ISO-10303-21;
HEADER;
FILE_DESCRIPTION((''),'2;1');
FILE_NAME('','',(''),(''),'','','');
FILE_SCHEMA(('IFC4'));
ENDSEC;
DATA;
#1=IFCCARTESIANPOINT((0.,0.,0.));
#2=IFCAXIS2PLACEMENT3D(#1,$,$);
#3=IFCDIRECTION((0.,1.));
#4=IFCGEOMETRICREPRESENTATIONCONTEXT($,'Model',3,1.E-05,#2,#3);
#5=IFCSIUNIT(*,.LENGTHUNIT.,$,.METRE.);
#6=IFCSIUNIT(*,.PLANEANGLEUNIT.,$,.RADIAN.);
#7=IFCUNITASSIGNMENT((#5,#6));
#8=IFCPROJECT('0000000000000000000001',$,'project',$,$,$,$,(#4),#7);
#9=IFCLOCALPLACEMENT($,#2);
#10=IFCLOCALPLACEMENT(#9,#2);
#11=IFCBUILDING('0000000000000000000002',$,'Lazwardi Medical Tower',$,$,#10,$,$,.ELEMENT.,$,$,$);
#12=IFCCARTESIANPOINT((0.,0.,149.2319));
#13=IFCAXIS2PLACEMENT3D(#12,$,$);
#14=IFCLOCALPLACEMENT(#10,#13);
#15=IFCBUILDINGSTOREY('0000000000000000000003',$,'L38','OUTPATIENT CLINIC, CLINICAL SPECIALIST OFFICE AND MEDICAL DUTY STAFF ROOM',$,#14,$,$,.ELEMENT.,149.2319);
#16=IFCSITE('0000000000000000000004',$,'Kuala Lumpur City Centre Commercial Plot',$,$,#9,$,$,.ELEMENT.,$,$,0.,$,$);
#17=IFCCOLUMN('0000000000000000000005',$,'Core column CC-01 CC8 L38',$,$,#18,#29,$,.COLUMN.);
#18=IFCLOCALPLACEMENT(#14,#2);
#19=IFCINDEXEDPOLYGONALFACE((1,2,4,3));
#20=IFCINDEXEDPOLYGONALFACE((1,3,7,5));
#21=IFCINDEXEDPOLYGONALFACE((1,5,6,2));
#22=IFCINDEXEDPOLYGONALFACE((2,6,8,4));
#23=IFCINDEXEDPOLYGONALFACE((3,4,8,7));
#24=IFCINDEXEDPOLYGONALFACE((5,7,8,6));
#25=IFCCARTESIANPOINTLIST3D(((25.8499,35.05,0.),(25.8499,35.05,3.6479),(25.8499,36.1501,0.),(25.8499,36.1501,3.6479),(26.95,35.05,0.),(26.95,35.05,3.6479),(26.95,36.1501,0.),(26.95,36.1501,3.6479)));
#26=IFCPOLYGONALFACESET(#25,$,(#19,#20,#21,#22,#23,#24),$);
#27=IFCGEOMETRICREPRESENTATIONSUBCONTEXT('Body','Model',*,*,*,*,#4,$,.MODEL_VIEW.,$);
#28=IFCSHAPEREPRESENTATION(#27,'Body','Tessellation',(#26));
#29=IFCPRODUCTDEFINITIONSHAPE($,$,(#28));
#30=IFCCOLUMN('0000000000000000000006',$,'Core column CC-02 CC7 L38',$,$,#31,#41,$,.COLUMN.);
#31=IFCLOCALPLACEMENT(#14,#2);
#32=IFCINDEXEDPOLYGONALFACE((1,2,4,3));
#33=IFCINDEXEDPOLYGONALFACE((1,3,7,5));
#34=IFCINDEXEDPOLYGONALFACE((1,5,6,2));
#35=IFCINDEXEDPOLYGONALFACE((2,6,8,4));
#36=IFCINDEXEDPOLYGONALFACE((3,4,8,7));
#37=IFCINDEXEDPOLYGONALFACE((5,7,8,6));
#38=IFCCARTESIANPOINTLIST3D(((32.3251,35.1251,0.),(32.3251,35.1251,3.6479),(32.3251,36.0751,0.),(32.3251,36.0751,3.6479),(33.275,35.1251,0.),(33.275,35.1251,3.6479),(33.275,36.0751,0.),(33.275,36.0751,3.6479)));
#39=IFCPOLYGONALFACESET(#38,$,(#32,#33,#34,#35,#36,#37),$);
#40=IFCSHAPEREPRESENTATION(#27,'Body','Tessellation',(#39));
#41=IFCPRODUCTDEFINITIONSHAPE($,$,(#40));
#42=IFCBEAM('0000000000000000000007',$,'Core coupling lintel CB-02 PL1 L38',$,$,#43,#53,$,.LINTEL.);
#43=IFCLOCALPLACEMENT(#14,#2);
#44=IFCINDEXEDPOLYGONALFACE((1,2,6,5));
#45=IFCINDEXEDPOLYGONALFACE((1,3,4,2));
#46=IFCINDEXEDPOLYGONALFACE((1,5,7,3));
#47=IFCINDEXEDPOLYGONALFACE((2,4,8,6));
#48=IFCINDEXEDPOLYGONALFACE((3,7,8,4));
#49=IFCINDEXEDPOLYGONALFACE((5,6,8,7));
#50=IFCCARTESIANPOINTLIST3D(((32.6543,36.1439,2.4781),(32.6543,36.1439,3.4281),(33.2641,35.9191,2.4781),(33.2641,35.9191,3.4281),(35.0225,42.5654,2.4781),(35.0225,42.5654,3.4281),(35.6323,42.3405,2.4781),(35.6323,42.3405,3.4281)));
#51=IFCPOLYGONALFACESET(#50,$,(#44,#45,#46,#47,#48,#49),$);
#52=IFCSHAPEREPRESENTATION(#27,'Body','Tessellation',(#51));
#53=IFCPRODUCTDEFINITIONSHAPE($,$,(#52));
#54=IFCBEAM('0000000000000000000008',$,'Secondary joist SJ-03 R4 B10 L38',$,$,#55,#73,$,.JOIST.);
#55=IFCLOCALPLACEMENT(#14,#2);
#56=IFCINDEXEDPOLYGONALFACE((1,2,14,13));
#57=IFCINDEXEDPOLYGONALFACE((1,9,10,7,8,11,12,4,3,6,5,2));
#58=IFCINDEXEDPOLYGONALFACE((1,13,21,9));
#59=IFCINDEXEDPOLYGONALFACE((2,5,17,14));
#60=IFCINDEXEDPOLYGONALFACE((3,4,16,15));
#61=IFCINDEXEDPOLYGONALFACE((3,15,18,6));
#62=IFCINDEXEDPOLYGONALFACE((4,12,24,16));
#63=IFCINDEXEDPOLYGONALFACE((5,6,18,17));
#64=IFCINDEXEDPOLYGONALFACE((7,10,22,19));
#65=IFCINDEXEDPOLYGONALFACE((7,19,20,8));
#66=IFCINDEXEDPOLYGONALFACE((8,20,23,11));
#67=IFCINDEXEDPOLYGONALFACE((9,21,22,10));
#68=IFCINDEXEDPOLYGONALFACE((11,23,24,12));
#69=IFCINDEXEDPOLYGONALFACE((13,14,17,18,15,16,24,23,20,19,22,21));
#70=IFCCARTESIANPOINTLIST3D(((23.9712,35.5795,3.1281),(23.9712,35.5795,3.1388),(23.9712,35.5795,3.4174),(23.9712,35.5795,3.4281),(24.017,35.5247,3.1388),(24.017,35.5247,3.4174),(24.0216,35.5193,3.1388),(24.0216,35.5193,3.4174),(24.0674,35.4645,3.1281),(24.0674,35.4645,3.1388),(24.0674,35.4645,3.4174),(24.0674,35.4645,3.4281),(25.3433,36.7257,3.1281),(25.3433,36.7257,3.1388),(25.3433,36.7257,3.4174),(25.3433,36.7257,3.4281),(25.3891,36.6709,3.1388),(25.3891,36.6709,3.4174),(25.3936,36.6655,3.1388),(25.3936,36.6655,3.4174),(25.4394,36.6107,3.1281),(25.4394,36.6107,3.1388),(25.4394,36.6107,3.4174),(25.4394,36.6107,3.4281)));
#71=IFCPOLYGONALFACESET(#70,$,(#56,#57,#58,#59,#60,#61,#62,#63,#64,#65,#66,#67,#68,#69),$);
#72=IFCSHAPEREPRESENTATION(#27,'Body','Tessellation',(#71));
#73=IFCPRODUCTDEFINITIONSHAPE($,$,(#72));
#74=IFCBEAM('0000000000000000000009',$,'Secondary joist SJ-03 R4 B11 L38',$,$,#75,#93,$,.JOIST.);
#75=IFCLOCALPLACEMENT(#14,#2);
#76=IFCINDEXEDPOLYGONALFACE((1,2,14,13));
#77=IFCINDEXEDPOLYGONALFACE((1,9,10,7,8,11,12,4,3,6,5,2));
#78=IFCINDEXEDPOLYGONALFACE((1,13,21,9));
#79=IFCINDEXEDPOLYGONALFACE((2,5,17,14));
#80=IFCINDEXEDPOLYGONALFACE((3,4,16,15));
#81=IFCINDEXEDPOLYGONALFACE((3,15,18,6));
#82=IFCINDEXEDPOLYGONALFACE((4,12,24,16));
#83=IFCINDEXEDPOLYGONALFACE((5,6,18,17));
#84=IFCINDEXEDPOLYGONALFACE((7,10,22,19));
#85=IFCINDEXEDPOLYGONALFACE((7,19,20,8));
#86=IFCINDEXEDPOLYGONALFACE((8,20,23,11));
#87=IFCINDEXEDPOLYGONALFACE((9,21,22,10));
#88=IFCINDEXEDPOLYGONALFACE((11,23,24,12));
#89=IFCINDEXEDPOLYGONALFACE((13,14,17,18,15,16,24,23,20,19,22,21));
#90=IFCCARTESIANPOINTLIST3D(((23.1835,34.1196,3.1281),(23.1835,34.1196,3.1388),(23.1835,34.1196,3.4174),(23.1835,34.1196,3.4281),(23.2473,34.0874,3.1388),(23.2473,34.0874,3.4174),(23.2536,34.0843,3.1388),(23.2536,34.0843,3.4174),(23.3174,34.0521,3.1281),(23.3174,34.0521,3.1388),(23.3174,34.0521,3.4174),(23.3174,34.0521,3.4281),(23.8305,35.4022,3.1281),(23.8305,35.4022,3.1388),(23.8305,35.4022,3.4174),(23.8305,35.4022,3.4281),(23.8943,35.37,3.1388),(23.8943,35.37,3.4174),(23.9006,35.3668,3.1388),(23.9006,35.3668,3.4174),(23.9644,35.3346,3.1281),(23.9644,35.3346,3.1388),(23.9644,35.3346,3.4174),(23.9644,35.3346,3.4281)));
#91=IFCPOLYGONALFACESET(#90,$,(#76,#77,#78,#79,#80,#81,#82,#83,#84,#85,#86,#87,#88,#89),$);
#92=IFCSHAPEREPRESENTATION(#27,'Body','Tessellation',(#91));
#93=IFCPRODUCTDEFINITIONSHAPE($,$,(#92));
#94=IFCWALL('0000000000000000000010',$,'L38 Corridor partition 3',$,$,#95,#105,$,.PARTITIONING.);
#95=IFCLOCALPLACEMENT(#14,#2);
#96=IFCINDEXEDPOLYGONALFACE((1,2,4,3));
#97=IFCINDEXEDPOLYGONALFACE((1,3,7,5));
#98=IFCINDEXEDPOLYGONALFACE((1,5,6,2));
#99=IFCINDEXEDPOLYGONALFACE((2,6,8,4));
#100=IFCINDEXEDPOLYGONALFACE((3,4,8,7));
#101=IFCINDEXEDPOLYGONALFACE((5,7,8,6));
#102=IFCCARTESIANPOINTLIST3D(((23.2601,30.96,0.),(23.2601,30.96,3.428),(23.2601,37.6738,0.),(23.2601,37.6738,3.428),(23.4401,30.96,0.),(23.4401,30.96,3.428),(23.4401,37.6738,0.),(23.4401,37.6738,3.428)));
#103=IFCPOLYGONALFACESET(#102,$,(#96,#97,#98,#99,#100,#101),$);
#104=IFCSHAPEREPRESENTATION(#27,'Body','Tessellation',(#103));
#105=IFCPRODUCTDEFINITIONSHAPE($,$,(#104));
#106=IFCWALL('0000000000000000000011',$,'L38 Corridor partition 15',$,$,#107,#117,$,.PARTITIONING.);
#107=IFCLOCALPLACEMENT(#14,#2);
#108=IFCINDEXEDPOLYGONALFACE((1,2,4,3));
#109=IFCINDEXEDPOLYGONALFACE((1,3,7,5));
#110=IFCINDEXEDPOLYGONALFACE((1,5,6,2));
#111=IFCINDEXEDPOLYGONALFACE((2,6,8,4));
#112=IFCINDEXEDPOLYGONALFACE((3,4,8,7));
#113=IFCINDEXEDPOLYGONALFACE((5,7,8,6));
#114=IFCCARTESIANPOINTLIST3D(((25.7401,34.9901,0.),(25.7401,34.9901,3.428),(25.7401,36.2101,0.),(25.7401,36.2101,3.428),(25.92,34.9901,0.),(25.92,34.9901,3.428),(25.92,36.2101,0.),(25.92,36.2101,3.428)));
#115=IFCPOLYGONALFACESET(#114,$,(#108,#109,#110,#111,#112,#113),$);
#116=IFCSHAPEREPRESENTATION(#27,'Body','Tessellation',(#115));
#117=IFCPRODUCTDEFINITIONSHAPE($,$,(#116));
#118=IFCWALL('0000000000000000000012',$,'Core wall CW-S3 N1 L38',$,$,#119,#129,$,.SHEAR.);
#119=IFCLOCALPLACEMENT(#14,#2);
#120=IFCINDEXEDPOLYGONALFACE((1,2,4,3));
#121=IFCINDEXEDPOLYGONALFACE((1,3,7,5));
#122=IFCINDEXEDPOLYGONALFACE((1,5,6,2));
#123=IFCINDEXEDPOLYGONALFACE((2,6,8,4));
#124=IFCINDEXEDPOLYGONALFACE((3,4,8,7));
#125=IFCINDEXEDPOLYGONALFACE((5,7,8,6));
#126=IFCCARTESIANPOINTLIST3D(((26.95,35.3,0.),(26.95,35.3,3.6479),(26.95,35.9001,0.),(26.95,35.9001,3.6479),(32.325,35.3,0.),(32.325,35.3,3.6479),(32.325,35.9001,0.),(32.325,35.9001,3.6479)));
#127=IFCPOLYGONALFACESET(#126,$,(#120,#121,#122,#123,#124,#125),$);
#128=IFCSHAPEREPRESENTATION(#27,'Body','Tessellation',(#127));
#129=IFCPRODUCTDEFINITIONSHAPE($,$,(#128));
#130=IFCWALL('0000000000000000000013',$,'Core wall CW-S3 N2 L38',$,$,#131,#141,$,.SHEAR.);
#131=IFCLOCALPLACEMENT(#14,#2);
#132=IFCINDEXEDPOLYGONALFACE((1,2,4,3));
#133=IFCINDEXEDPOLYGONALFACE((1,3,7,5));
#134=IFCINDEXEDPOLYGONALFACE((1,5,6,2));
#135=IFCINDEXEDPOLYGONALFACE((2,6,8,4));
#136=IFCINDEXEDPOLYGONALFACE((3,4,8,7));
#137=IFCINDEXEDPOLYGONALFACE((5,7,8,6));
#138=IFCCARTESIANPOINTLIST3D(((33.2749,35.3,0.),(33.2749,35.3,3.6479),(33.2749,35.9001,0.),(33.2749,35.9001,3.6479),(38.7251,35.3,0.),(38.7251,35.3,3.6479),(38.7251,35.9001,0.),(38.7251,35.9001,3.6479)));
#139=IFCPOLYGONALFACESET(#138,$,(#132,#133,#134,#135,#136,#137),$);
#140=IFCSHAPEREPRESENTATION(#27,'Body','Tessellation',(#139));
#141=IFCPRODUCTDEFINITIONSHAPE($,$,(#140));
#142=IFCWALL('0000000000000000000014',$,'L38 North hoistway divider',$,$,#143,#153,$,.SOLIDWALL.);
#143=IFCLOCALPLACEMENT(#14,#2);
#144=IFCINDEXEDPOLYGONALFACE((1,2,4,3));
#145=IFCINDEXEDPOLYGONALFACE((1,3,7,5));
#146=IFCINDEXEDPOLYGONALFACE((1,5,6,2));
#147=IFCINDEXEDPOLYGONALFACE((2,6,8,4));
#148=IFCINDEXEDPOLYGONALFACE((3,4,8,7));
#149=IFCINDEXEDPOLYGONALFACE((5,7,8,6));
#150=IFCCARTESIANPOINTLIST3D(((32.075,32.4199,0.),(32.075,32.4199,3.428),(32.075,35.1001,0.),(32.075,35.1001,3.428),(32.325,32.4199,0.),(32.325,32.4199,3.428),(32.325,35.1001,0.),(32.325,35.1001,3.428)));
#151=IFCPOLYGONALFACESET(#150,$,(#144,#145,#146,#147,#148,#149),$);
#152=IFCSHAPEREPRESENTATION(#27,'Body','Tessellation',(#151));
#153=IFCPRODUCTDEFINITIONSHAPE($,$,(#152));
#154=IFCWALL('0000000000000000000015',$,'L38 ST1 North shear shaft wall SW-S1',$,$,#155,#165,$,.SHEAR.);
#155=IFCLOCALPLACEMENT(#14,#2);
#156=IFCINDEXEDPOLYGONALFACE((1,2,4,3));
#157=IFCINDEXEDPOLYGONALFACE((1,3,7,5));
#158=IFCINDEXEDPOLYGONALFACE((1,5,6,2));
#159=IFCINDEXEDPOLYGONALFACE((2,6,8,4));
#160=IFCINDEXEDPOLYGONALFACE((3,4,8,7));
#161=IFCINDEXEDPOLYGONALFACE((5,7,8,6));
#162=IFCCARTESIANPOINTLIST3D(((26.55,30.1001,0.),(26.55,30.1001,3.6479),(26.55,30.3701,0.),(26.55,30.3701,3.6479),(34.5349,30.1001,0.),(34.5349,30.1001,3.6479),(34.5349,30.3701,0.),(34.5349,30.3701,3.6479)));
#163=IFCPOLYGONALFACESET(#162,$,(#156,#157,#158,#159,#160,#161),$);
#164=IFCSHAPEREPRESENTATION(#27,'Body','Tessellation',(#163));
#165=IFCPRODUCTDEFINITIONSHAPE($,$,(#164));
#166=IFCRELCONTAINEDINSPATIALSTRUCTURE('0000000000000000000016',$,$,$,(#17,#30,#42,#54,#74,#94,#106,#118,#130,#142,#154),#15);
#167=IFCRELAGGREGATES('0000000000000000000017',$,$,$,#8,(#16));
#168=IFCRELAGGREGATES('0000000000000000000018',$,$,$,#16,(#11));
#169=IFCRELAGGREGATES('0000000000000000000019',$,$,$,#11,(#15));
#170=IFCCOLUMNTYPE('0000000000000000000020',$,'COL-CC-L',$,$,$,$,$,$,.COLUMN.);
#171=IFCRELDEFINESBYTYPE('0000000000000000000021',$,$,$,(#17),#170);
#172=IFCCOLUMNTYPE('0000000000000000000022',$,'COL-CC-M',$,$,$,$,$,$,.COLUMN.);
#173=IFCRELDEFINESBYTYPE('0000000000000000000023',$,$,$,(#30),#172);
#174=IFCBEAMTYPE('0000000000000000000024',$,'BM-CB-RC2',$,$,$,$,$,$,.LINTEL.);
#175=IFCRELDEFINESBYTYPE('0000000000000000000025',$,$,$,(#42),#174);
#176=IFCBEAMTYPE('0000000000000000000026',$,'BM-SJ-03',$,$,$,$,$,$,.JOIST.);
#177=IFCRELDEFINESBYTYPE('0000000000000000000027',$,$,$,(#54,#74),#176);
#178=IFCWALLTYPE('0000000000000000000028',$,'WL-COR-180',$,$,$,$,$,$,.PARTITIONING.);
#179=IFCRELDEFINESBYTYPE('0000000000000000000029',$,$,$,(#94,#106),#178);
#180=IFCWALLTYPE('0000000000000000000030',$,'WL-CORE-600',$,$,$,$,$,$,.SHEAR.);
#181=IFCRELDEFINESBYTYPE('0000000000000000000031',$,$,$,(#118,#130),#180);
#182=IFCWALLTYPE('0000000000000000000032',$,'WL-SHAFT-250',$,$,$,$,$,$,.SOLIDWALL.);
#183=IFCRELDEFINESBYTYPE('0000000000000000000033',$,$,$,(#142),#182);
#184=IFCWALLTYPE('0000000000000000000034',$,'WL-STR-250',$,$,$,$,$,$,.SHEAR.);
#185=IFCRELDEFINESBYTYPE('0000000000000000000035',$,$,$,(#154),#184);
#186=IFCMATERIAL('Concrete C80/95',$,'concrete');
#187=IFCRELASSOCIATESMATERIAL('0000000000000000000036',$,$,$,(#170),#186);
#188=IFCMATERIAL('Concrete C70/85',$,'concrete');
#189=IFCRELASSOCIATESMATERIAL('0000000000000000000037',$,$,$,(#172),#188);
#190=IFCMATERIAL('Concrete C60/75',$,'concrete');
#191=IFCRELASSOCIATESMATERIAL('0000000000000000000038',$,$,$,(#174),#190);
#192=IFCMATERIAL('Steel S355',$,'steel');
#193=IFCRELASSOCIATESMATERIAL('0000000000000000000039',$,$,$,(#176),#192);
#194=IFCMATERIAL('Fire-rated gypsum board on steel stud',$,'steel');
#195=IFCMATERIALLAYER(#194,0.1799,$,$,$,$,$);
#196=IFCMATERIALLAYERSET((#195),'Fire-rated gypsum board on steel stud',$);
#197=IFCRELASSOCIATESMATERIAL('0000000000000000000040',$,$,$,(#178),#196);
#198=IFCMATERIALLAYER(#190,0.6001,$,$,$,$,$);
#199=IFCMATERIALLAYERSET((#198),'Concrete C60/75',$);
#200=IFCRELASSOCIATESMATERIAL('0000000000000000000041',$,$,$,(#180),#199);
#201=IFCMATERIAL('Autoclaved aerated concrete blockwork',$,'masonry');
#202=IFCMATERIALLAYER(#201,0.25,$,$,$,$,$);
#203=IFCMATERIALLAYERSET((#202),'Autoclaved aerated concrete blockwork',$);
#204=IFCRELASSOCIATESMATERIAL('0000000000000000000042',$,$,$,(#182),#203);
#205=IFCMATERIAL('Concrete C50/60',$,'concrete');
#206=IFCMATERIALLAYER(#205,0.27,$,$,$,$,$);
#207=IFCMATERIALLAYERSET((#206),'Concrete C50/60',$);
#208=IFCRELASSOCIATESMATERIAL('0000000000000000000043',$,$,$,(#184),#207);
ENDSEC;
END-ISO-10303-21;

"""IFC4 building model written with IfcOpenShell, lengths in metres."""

from ifc_helpers import new_model, si_unit, direction, frame, frame_2d, origin, origin_2d, place, context, subcontext, project, spatial, rectangle, i_section, extrude, material, layer, layer_set, material_profile, profile_set, type_object, element, save


model = new_model("IFC4")

# Units and contexts
model_context = context("Model", 3, precision=1e-05, world=origin(), true_north=direction((0.0, 1.0)))
body_context = subcontext(model_context, "Body", "Model", "MODEL_VIEW")
ifc_project = project(units=[si_unit("LENGTHUNIT", "METRE"), si_unit("PLANEANGLEUNIT", "RADIAN")], contexts=[model_context])

# Site, building, storey
site_placement = place(None, origin())
site = spatial("IfcSite", under=ifc_project, at=site_placement, Name="Kuala Lumpur City Centre Commercial Plot", CompositionType="ELEMENT", RefElevation=0.0)
building_placement = place(site_placement, origin())
building = spatial("IfcBuilding", under=site, at=building_placement, Name="Lazwardi Medical Tower", CompositionType="ELEMENT")
storey_placement = place(building_placement, frame((0.0, 0.0, 149.2319)))
storey = spatial("IfcBuildingStorey", under=building, at=storey_placement, Name="L38", Description="OUTPATIENT CLINIC, CLINICAL SPECIALIST OFFICE AND MEDICAL DUTY STAFF ROOM", CompositionType="ELEMENT", Elevation=149.2319)

# Columns
ifc_material_1 = material(Name="Concrete C80/95", Category="concrete")
ifc_material_profile_1 = material_profile(ifc_material_1, rectangle(XDim=1.1001, YDim=1.1001, at=origin_2d()), Name="RC 1100x1100")
ifc_profile_set_1 = profile_set([ifc_material_profile_1], Name="Concrete C80/95")
column_type_1 = type_object("IfcColumnType", Name="COL-CC-L", PredefinedType="COLUMN", material=ifc_profile_set_1)
column_1_placement = place(storey_placement, frame((26.3999, 35.6001, 0.0), z_axis=(0.0, 0.0, 1.0), x_axis=(1.0, 0.0, 0.0)))
element("IfcColumn", 1, at=column_1_placement, inside=storey, type_object=column_type_1, Name="Core column CC-01 CC8 L38", PredefinedType="COLUMN", context=body_context, shape_type="SweptSolid", body=[
    extrude(rectangle(XDim=1.1001, YDim=1.1001, at=origin_2d()), origin(), (0.0, 0.0, 1.0), 3.6479),
])
ifc_material_2 = material(Name="Concrete C70/85", Category="concrete")
ifc_material_profile_2 = material_profile(ifc_material_2, rectangle(XDim=0.95, YDim=0.95, at=origin_2d()), Name="RC 950x950")
ifc_profile_set_2 = profile_set([ifc_material_profile_2], Name="Concrete C70/85")
column_type_2 = type_object("IfcColumnType", Name="COL-CC-M", PredefinedType="COLUMN", material=ifc_profile_set_2)
column_2_placement = place(storey_placement, frame((32.8, 35.6001, 0.0), z_axis=(0.0, 0.0, 1.0), x_axis=(1.0, 0.0, 0.0)))
element("IfcColumn", 2, at=column_2_placement, inside=storey, type_object=column_type_2, Name="Core column CC-02 CC7 L38", PredefinedType="COLUMN", context=body_context, shape_type="SweptSolid", body=[
    extrude(rectangle(XDim=0.95, YDim=0.95, at=origin_2d()), origin(), (0.0, 0.0, 1.0), 3.6479),
])

# Beams
ifc_material_3 = material(Name="Concrete C60/75", Category="concrete")
ifc_material_profile_3 = material_profile(ifc_material_3, rectangle(XDim=0.6499, YDim=0.95, at=origin_2d()), Name="RC 650x950")
ifc_profile_set_3 = profile_set([ifc_material_profile_3], Name="Concrete C60/75")
beam_type_1 = type_object("IfcBeamType", Name="BM-CB-RC2", PredefinedType="LINTEL", material=ifc_profile_set_3)
beam_1_placement = place(storey_placement, frame((32.9592, 36.0315, 2.9531), z_axis=(0.346013, 0.93823, 0.0), x_axis=(-0.93823, 0.346013, 0.0)))
element("IfcBeam", 3, at=beam_1_placement, inside=storey, type_object=beam_type_1, Name="Core coupling lintel CB-02 PL1 L38", PredefinedType="LINTEL", context=body_context, shape_type="SweptSolid", body=[
    extrude(rectangle(XDim=0.6499, YDim=0.95, at=origin_2d()), origin(), (0.0, 0.0, 1.0), 6.8442),
])
ifc_material_4 = material(Name="Steel S355", Category="steel")
ifc_material_profile_4 = material_profile(ifc_material_4, i_section(OverallWidth=0.1499, OverallDepth=0.3, WebThickness=0.0071, FlangeThickness=0.0107, at=origin_2d()), Name="IPE 300")
ifc_profile_set_4 = profile_set([ifc_material_profile_4], Name="Steel S355")
beam_type_2 = type_object("IfcBeamType", Name="BM-SJ-03", PredefinedType="JOIST", material=ifc_profile_set_4)
beam_2_placement = place(storey_placement, frame((25.3914, 36.6682, 3.2781), z_axis=(-0.767437, -0.641124, 0.0), x_axis=(0.641124, -0.767437, 0.0)))
element("IfcBeam", 4, at=beam_2_placement, inside=storey, type_object=beam_type_2, Name="Secondary joist SJ-03 R4 B10 L38", PredefinedType="JOIST", context=body_context, shape_type="SweptSolid", body=[
    extrude(i_section(OverallWidth=0.1499, OverallDepth=0.3, WebThickness=0.0071, FlangeThickness=0.0107, at=origin_2d()), origin(), (0.0, 0.0, 1.0), 1.7878),
])
beam_3_placement = place(storey_placement, frame((23.8975, 35.3684, 3.2781), z_axis=(-0.450406, -0.892824, 0.0), x_axis=(0.892824, -0.450406, 0.0)))
element("IfcBeam", 5, at=beam_3_placement, inside=storey, type_object=beam_type_2, Name="Secondary joist SJ-03 R4 B11 L38", PredefinedType="JOIST", context=body_context, shape_type="SweptSolid", body=[
    extrude(i_section(OverallWidth=0.1499, OverallDepth=0.3, WebThickness=0.0071, FlangeThickness=0.0107, at=origin_2d()), origin(), (0.0, 0.0, 1.0), 1.4365),
])

# Walls
ifc_material_5 = material(Name="Fire-rated gypsum board on steel stud", Category="steel")
ifc_layer_1 = layer(ifc_material_5, 0.1799)
ifc_layer_set_1 = layer_set([ifc_layer_1], Name="Fire-rated gypsum board on steel stud")
wall_type_1 = type_object("IfcWallType", Name="WL-COR-180", PredefinedType="PARTITIONING", material=ifc_layer_set_1)
wall_1_placement = place(storey_placement, frame((23.3501, 30.96, 0.0), z_axis=(0.0, 0.0, 1.0), x_axis=(0.0, 1.0, 0.0)))
element("IfcWall", 6, at=wall_1_placement, inside=storey, type_object=wall_type_1, Name="L38 Corridor partition 3", PredefinedType="PARTITIONING", context=body_context, shape_type="SweptSolid", body=[
    extrude(rectangle(XDim=6.7139, YDim=0.1799, at=frame_2d((3.3569, 0.0))), origin(), (0.0, 0.0, 1.0), 3.428),
])
wall_2_placement = place(storey_placement, frame((25.8301, 36.21, 0.0), z_axis=(0.0, 0.0, 1.0), x_axis=(0.0, -1.0, 0.0)))
element("IfcWall", 7, at=wall_2_placement, inside=storey, type_object=wall_type_1, Name="L38 Corridor partition 15", PredefinedType="PARTITIONING", context=body_context, shape_type="SweptSolid", body=[
    extrude(rectangle(XDim=1.22, YDim=0.1799, at=frame_2d((0.6099, 0.0))), origin(), (0.0, 0.0, 1.0), 3.428),
])
ifc_layer_2 = layer(ifc_material_3, 0.6001)
ifc_layer_set_2 = layer_set([ifc_layer_2], Name="Concrete C60/75")
wall_type_2 = type_object("IfcWallType", Name="WL-CORE-600", PredefinedType="SHEAR", material=ifc_layer_set_2)
wall_3_placement = place(storey_placement, frame((26.95, 35.6001, 0.0), z_axis=(0.0, 0.0, 1.0), x_axis=(1.0, 0.0, 0.0)))
element("IfcWall", 8, at=wall_3_placement, inside=storey, type_object=wall_type_2, Name="Core wall CW-S3 N1 L38", PredefinedType="SHEAR", context=body_context, shape_type="SweptSolid", body=[
    extrude(rectangle(XDim=5.375, YDim=0.6001, at=frame_2d((2.6875, 0.0))), origin(), (0.0, 0.0, 1.0), 3.6479),
])
wall_4_placement = place(storey_placement, frame((33.2749, 35.6001, 0.0), z_axis=(0.0, 0.0, 1.0), x_axis=(1.0, 0.0, 0.0)))
element("IfcWall", 9, at=wall_4_placement, inside=storey, type_object=wall_type_2, Name="Core wall CW-S3 N2 L38", PredefinedType="SHEAR", context=body_context, shape_type="SweptSolid", body=[
    extrude(rectangle(XDim=5.4502, YDim=0.6001, at=frame_2d((2.7251, 0.0))), origin(), (0.0, 0.0, 1.0), 3.6479),
])
ifc_material_6 = material(Name="Autoclaved aerated concrete blockwork", Category="masonry")
ifc_layer_3 = layer(ifc_material_6, 0.25)
ifc_layer_set_3 = layer_set([ifc_layer_3], Name="Autoclaved aerated concrete blockwork")
wall_type_3 = type_object("IfcWallType", Name="WL-SHAFT-250", PredefinedType="SOLIDWALL", material=ifc_layer_set_3)
wall_5_placement = place(storey_placement, frame((32.2, 32.4199, 0.0), z_axis=(0.0, 0.0, 1.0), x_axis=(0.0, 1.0, 0.0)))
element("IfcWall", 10, at=wall_5_placement, inside=storey, type_object=wall_type_3, Name="L38 North hoistway divider", PredefinedType="SOLIDWALL", context=body_context, shape_type="SweptSolid", body=[
    extrude(rectangle(XDim=2.6802, YDim=0.25, at=frame_2d((1.3401, 0.0))), origin(), (0.0, 0.0, 1.0), 3.428),
])
ifc_material_7 = material(Name="Concrete C50/60", Category="concrete")
ifc_layer_4 = layer(ifc_material_7, 0.27)
ifc_layer_set_4 = layer_set([ifc_layer_4], Name="Concrete C50/60")
wall_type_4 = type_object("IfcWallType", Name="WL-STR-250", PredefinedType="SHEAR", material=ifc_layer_set_4)
wall_6_placement = place(storey_placement, frame((26.55, 30.2351, 0.0), z_axis=(0.0, 0.0, 1.0), x_axis=(1.0, 0.0, 0.0)))
element("IfcWall", 11, at=wall_6_placement, inside=storey, type_object=wall_type_4, Name="L38 ST1 North shear shaft wall SW-S1", PredefinedType="SHEAR", context=body_context, shape_type="SweptSolid", body=[
    extrude(rectangle(XDim=7.9849, YDim=0.27, at=frame_2d((3.9924, 0.0))), origin(), (0.0, 0.0, 1.0), 3.6479),
])

save(model, "model.ifc")
